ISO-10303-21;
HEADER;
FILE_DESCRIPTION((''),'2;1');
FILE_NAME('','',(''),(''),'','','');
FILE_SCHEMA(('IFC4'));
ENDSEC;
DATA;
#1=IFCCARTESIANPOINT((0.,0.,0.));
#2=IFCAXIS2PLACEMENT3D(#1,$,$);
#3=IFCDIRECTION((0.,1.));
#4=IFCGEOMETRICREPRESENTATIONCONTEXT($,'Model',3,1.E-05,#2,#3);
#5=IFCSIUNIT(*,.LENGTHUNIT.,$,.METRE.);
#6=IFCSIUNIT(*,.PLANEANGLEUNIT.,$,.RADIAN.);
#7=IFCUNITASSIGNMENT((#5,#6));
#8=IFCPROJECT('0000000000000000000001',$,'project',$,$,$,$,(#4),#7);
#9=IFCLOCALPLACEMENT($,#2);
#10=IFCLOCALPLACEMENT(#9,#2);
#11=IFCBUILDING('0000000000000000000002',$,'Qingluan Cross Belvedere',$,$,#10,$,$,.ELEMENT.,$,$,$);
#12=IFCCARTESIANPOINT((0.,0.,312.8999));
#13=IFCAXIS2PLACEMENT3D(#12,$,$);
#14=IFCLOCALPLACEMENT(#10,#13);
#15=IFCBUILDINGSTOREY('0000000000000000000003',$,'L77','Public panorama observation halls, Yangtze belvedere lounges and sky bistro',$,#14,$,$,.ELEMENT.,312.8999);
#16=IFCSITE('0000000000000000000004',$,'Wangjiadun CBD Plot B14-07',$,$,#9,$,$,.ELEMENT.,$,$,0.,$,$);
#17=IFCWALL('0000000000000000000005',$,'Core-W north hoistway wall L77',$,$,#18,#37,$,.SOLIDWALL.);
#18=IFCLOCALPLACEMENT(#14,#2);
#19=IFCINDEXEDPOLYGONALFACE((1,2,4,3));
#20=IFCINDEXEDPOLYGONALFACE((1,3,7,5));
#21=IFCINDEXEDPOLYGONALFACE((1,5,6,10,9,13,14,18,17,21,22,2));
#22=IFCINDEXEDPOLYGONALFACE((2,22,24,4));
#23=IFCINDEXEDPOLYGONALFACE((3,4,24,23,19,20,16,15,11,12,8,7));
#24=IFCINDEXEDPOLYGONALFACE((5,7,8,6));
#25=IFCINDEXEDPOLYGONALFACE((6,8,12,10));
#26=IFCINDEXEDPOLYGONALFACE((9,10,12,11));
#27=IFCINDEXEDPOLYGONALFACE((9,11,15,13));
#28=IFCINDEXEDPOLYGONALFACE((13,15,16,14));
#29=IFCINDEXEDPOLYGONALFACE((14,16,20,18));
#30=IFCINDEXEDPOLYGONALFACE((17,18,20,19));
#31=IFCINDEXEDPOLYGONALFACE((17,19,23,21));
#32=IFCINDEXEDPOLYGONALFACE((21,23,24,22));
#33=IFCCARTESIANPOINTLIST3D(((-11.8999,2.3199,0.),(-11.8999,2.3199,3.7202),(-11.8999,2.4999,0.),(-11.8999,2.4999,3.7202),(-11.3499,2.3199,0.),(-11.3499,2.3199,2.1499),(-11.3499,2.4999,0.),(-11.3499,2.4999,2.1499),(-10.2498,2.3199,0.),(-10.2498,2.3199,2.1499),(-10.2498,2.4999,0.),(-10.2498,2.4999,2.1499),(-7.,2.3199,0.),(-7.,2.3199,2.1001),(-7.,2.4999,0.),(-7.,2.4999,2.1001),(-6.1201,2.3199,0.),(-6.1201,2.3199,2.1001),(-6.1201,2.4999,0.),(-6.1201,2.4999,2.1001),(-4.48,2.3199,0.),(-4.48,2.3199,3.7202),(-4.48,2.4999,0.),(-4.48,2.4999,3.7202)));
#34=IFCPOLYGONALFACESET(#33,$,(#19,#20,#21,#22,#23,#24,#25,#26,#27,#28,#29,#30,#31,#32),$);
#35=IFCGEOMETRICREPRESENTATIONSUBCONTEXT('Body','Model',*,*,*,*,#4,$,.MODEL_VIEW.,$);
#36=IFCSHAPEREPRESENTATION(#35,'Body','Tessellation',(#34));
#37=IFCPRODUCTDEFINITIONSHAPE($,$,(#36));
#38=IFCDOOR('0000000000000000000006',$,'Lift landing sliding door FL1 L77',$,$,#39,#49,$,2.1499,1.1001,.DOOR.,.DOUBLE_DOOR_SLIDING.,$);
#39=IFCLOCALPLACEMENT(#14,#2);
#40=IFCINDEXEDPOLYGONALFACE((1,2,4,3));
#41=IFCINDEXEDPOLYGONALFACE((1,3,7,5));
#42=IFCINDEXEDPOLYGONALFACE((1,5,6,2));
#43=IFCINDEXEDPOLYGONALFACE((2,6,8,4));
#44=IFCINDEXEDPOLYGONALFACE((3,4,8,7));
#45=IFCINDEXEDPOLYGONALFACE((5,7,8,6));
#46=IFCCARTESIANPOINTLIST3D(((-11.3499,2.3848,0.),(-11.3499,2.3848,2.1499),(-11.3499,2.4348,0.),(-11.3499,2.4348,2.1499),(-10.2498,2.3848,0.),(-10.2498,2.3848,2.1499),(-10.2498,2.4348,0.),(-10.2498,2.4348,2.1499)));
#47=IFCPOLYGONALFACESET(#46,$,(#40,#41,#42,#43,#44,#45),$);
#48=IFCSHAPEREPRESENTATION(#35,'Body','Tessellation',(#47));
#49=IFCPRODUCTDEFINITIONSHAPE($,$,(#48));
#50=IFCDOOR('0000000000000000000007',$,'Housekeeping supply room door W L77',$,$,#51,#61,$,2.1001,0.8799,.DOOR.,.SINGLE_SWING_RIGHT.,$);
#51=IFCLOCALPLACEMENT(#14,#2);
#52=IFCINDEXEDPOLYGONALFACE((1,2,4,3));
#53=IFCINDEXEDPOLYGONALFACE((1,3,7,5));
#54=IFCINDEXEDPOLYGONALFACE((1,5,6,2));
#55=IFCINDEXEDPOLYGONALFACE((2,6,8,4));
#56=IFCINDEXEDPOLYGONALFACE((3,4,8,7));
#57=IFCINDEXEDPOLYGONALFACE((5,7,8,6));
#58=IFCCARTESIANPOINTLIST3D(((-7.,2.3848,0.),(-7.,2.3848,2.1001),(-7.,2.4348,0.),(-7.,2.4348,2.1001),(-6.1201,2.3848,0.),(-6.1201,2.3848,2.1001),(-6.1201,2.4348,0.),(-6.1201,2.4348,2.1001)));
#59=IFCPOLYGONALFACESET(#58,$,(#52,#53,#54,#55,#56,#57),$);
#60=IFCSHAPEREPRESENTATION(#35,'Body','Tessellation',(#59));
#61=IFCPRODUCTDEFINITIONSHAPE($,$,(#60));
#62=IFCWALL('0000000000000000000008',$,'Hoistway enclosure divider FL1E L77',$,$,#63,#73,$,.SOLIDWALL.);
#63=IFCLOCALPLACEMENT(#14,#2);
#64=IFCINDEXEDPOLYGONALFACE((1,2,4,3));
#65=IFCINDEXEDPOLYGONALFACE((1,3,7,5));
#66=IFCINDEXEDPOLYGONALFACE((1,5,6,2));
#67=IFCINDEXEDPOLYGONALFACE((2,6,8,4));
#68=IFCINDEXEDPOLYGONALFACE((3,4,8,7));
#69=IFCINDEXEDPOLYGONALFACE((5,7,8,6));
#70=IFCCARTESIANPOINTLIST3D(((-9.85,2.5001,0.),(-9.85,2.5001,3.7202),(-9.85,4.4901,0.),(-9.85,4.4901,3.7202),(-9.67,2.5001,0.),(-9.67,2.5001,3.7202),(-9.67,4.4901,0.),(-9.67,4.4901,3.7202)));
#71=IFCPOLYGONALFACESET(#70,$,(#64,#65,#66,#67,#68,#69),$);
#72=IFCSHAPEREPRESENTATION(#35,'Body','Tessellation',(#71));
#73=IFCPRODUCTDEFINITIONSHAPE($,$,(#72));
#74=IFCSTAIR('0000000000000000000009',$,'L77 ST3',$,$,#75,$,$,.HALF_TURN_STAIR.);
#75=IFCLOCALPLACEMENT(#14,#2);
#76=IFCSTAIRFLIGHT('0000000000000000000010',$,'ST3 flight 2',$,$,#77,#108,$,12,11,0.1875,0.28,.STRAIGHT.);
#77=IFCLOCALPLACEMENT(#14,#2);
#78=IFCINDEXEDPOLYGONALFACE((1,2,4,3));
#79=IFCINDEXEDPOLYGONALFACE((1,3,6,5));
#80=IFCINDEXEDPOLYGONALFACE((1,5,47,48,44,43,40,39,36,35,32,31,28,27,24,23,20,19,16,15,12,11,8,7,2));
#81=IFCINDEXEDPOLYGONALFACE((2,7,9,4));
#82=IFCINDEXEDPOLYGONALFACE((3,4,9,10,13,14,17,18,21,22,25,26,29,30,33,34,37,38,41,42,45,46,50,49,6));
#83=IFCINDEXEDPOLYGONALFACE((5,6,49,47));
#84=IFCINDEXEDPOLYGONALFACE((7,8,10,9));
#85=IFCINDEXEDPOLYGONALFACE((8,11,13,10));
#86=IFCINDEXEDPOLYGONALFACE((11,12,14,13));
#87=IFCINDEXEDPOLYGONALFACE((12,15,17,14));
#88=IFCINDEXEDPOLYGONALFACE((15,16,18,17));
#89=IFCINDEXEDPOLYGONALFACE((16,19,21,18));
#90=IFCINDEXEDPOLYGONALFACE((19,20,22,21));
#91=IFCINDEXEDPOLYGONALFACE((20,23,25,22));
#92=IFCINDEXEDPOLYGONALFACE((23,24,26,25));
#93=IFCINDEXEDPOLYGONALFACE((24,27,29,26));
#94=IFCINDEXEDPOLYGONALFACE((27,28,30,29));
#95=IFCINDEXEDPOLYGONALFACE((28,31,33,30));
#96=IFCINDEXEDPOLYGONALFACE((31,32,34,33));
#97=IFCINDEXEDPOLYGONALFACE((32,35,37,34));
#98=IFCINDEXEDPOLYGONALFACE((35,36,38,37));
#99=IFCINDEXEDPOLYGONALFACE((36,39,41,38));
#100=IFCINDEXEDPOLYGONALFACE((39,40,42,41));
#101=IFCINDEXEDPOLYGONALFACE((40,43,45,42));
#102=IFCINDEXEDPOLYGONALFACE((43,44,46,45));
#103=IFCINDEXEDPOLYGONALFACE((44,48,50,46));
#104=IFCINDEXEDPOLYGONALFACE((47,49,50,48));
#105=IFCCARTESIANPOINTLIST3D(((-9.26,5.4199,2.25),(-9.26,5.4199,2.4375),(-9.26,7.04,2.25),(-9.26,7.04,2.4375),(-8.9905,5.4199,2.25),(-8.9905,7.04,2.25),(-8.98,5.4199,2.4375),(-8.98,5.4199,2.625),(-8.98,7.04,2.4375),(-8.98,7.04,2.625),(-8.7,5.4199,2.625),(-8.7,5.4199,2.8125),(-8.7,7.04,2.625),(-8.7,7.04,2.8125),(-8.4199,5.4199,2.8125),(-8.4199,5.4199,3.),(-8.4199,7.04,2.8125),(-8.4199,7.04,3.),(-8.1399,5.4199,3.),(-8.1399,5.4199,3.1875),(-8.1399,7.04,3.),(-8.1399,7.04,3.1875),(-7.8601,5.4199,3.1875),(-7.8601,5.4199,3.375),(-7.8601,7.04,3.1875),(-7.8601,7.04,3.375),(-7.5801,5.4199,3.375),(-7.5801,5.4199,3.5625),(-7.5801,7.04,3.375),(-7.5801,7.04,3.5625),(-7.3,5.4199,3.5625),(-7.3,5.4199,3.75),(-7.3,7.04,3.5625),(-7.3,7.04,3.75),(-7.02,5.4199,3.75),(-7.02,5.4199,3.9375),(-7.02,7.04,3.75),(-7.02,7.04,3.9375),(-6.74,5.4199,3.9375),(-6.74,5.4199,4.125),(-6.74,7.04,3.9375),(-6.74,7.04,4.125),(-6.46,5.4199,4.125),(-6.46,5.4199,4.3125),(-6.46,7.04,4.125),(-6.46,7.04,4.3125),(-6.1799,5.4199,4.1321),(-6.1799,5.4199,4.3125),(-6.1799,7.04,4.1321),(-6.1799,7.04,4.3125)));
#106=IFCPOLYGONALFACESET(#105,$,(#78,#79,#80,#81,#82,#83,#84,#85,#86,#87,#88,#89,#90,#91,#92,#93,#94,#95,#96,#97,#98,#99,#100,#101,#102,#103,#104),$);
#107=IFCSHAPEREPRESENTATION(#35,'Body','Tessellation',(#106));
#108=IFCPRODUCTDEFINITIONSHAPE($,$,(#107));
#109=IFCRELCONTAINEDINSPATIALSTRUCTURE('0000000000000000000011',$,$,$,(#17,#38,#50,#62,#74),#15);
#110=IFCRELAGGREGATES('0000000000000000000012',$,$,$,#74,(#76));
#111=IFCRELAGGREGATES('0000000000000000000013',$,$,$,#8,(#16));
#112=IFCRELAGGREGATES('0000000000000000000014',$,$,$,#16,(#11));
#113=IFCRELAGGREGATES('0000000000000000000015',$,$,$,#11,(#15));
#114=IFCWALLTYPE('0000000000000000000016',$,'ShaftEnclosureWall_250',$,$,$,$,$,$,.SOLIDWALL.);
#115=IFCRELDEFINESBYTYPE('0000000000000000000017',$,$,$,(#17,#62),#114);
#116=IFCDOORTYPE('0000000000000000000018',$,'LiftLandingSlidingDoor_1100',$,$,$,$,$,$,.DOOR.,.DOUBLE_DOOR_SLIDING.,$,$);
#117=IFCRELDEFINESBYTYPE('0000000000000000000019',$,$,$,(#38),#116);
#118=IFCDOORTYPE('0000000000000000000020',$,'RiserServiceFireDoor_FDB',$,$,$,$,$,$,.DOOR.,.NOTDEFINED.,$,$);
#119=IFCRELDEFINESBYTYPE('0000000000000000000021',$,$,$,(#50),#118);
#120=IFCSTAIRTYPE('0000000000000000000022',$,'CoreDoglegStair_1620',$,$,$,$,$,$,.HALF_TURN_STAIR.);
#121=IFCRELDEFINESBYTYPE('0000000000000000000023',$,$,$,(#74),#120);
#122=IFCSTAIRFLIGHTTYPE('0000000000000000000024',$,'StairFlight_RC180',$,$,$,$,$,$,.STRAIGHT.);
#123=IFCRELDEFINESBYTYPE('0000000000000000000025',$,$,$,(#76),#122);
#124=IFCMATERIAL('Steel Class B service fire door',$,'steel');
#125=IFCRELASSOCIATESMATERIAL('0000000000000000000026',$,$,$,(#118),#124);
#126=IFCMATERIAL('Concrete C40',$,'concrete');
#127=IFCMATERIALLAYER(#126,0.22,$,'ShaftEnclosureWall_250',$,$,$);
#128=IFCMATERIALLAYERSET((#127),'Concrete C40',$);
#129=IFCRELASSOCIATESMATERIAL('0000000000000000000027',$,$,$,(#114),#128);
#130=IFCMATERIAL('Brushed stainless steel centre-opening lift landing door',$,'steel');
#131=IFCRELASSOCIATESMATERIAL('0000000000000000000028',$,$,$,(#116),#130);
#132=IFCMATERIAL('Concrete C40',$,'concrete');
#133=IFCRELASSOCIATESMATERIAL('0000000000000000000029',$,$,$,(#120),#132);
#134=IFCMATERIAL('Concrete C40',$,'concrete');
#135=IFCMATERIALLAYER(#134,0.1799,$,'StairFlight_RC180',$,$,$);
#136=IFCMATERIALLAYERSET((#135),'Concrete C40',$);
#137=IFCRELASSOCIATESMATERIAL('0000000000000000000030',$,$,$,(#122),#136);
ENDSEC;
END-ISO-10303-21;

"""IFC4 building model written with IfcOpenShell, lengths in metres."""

from ifc_helpers import new_model, si_unit, direction, frame, frame_2d, origin, place, context, subcontext, project, spatial, polyline, rectangle, outline, extrude, material, layer, layer_set, type_object, element, fill, aggregate, save


model = new_model("IFC4")

# Units and contexts
model_context = context("Model", 3, precision=1e-05, world=origin(), true_north=direction((0.0, 1.0)))
body_context = subcontext(model_context, "Body", "Model", "MODEL_VIEW")
ifc_project = project(units=[si_unit("LENGTHUNIT", "METRE"), si_unit("PLANEANGLEUNIT", "RADIAN")], contexts=[model_context])

# Site, building, storey
site_placement = place(None, origin())
site = spatial("IfcSite", under=ifc_project, at=site_placement, Name="Wangjiadun CBD Plot B14-07", CompositionType="ELEMENT", RefElevation=0.0)
building_placement = place(site_placement, origin())
building = spatial("IfcBuilding", under=site, at=building_placement, Name="Qingluan Cross Belvedere", CompositionType="ELEMENT")
storey_placement = place(building_placement, frame((0.0, 0.0, 312.8999)))
storey = spatial("IfcBuildingStorey", under=building, at=storey_placement, Name="L77", Description="Public panorama observation halls, Yangtze belvedere lounges and sky bistro", CompositionType="ELEMENT", Elevation=312.8999)

# Shared definitions
ifc_material_1 = material(Name="Steel Class B service fire door", Category="steel")
door_type_1 = type_object("IfcDoorType", Name="RiserServiceFireDoor_FDB", OperationType="NOTDEFINED", PredefinedType="DOOR", material=ifc_material_1)

# Wall, openings, doors
ifc_material_2 = material(Name="Concrete C40", Category="concrete")
ifc_layer_1 = layer(ifc_material_2, 0.22, Name="ShaftEnclosureWall_250")
ifc_layer_set_1 = layer_set([ifc_layer_1], Name="Concrete C40")
wall_type_1 = type_object("IfcWallType", Name="ShaftEnclosureWall_250", PredefinedType="SOLIDWALL", material=ifc_layer_set_1)
wall_1_placement = place(storey_placement, frame((-11.8999, 2.4099, 0.0), z_axis=(0.0, 0.0, 1.0), x_axis=(1.0, 0.0, 0.0)))
wall_1 = element("IfcWall", 1, at=wall_1_placement, inside=storey, type_object=wall_type_1, Name="Core-W north hoistway wall L77", PredefinedType="SOLIDWALL", context=body_context, shape_type="SweptSolid", body=[
    extrude(rectangle(XDim=7.4199, YDim=0.1799, at=frame_2d((3.71, 0.0))), origin(), (0.0, 0.0, 1.0), 3.7202),
])
opening_1_placement = place(wall_1_placement, frame((0.55, 0.0, 0.0)))
opening_1 = element("IfcOpeningElement", 2, at=opening_1_placement, cuts=wall_1, PredefinedType="OPENING", context=body_context, shape_type="SweptSolid", body=[
    extrude(rectangle(XDim=1.1001, YDim=2.1499, at=frame_2d((0.55, 1.075))), frame((0.0, 0.0999, 0.0), z_axis=(0.0, -1.0, 0.0), x_axis=(1.0, 0.0, 0.0)), (0.0, 0.0, 1.0), 0.2),
])
opening_2_placement = place(wall_1_placement, frame((4.8999, 0.0, 0.0)))
opening_2 = element("IfcOpeningElement", 3, at=opening_2_placement, cuts=wall_1, PredefinedType="OPENING", context=body_context, shape_type="SweptSolid", body=[
    extrude(rectangle(XDim=0.8799, YDim=2.1001, at=frame_2d((0.4399, 1.05))), frame((0.0, 0.0999, 0.0), z_axis=(0.0, -1.0, 0.0), x_axis=(1.0, 0.0, 0.0)), (0.0, 0.0, 1.0), 0.2),
])
ifc_material_3 = material(Name="Brushed stainless steel centre-opening lift landing door", Category="steel")
door_type_2 = type_object("IfcDoorType", Name="LiftLandingSlidingDoor_1100", OperationType="DOUBLE_DOOR_SLIDING", PredefinedType="DOOR", material=ifc_material_3)
door_1_placement = place(opening_1_placement, origin())
door_1 = element("IfcDoor", 4, at=door_1_placement, inside=storey, type_object=door_type_2, Name="Lift landing sliding door FL1 L77", OperationType="DOUBLE_DOOR_SLIDING", OverallHeight=2.1499, OverallWidth=1.1001, PredefinedType="DOOR", context=body_context, shape_type="SweptSolid", body=[
    extrude(rectangle(XDim=1.1001, YDim=2.1499, at=frame_2d((0.55, 1.075))), frame((0.0, 0.0249, 0.0), z_axis=(0.0, -1.0, 0.0), x_axis=(1.0, 0.0, 0.0)), (0.0, 0.0, 1.0), 0.05),
])
fill(opening_1, door_1)
door_2_placement = place(opening_2_placement, origin())
door_2 = element("IfcDoor", 5, at=door_2_placement, inside=storey, type_object=door_type_1, Name="Housekeeping supply room door W L77", OperationType="SINGLE_SWING_RIGHT", OverallHeight=2.1001, OverallWidth=0.8799, PredefinedType="DOOR", context=body_context, shape_type="SweptSolid", body=[
    extrude(rectangle(XDim=0.8799, YDim=2.1001, at=frame_2d((0.4399, 1.05))), frame((0.0, 0.0249, 0.0), z_axis=(0.0, -1.0, 0.0), x_axis=(1.0, 0.0, 0.0)), (0.0, 0.0, 1.0), 0.05),
])
fill(opening_2, door_2)

# Wall
wall_2_placement = place(storey_placement, frame((-9.76, 2.5, 0.0), z_axis=(0.0, 0.0, 1.0), x_axis=(0.0, 1.0, 0.0)))
element("IfcWall", 6, at=wall_2_placement, inside=storey, type_object=wall_type_1, Name="Hoistway enclosure divider FL1E L77", PredefinedType="SOLIDWALL", context=body_context, shape_type="SweptSolid", body=[
    extrude(rectangle(XDim=1.99, YDim=0.1799, at=frame_2d((0.9951, 0.0))), origin(), (0.0, 0.0, 1.0), 3.7202),
])

# Stair, stair flight
ifc_material_4 = material(Name="Concrete C40", Category="concrete")
stair_type = type_object("IfcStairType", Name="CoreDoglegStair_1620", PredefinedType="HALF_TURN_STAIR", material=ifc_material_4)
stair_placement = place(storey_placement, origin())
stair = element("IfcStair", 7, at=stair_placement, inside=storey, type_object=stair_type, Name="L77 ST3", PredefinedType="HALF_TURN_STAIR")
ifc_material_5 = material(Name="Concrete C40", Category="concrete")
ifc_layer_2 = layer(ifc_material_5, 0.1799, Name="StairFlight_RC180")
ifc_layer_set_2 = layer_set([ifc_layer_2], Name="Concrete C40")
stair_flight_type = type_object("IfcStairFlightType", Name="StairFlight_RC180", PredefinedType="STRAIGHT", material=ifc_layer_set_2)
stair_flight_placement = place(storey_placement, frame((-9.26, 6.23, 2.25), z_axis=(0.0, 0.0, 1.0), x_axis=(1.0, 0.0, 0.0)))
stair_flight = element("IfcStairFlight", 8, at=stair_flight_placement, type_object=stair_flight_type, Name="ST3 flight 2", NumberOfRisers=12, NumberOfTreads=11, PredefinedType="STRAIGHT", RiserHeight=0.1875, TreadLength=0.28, context=body_context, shape_type="SweptSolid", body=[
    extrude(outline(polyline([(0.0, 0.0), (0.0, 0.1875), (0.28, 0.1875), (0.28, 0.375), (0.5601, 0.375), (0.5601, 0.5625), (0.8401, 0.5625), (0.8401, 0.75), (1.1201, 0.75), (1.1201, 0.9375), (1.3999, 0.9375), (1.3999, 1.125), (1.6799, 1.125), (1.6799, 1.3125), (1.96, 1.3125), (1.96, 1.5), (2.24, 1.5), (2.24, 1.6875), (2.52, 1.6875), (2.52, 1.875), (2.8, 1.875), (2.8, 2.0625), (3.0801, 2.0625), (3.0801, 2.25), (3.0801, 1.8821), (0.2695, 0.0), (0.0, 0.0)])), frame((0.0, 0.8101, 0.0), z_axis=(0.0, -1.0, 0.0), x_axis=(1.0, 0.0, 0.0)), (0.0, 0.0, 1.0), 1.6201),
])
aggregate(stair, [stair_flight])

save(model, "model.ifc")
